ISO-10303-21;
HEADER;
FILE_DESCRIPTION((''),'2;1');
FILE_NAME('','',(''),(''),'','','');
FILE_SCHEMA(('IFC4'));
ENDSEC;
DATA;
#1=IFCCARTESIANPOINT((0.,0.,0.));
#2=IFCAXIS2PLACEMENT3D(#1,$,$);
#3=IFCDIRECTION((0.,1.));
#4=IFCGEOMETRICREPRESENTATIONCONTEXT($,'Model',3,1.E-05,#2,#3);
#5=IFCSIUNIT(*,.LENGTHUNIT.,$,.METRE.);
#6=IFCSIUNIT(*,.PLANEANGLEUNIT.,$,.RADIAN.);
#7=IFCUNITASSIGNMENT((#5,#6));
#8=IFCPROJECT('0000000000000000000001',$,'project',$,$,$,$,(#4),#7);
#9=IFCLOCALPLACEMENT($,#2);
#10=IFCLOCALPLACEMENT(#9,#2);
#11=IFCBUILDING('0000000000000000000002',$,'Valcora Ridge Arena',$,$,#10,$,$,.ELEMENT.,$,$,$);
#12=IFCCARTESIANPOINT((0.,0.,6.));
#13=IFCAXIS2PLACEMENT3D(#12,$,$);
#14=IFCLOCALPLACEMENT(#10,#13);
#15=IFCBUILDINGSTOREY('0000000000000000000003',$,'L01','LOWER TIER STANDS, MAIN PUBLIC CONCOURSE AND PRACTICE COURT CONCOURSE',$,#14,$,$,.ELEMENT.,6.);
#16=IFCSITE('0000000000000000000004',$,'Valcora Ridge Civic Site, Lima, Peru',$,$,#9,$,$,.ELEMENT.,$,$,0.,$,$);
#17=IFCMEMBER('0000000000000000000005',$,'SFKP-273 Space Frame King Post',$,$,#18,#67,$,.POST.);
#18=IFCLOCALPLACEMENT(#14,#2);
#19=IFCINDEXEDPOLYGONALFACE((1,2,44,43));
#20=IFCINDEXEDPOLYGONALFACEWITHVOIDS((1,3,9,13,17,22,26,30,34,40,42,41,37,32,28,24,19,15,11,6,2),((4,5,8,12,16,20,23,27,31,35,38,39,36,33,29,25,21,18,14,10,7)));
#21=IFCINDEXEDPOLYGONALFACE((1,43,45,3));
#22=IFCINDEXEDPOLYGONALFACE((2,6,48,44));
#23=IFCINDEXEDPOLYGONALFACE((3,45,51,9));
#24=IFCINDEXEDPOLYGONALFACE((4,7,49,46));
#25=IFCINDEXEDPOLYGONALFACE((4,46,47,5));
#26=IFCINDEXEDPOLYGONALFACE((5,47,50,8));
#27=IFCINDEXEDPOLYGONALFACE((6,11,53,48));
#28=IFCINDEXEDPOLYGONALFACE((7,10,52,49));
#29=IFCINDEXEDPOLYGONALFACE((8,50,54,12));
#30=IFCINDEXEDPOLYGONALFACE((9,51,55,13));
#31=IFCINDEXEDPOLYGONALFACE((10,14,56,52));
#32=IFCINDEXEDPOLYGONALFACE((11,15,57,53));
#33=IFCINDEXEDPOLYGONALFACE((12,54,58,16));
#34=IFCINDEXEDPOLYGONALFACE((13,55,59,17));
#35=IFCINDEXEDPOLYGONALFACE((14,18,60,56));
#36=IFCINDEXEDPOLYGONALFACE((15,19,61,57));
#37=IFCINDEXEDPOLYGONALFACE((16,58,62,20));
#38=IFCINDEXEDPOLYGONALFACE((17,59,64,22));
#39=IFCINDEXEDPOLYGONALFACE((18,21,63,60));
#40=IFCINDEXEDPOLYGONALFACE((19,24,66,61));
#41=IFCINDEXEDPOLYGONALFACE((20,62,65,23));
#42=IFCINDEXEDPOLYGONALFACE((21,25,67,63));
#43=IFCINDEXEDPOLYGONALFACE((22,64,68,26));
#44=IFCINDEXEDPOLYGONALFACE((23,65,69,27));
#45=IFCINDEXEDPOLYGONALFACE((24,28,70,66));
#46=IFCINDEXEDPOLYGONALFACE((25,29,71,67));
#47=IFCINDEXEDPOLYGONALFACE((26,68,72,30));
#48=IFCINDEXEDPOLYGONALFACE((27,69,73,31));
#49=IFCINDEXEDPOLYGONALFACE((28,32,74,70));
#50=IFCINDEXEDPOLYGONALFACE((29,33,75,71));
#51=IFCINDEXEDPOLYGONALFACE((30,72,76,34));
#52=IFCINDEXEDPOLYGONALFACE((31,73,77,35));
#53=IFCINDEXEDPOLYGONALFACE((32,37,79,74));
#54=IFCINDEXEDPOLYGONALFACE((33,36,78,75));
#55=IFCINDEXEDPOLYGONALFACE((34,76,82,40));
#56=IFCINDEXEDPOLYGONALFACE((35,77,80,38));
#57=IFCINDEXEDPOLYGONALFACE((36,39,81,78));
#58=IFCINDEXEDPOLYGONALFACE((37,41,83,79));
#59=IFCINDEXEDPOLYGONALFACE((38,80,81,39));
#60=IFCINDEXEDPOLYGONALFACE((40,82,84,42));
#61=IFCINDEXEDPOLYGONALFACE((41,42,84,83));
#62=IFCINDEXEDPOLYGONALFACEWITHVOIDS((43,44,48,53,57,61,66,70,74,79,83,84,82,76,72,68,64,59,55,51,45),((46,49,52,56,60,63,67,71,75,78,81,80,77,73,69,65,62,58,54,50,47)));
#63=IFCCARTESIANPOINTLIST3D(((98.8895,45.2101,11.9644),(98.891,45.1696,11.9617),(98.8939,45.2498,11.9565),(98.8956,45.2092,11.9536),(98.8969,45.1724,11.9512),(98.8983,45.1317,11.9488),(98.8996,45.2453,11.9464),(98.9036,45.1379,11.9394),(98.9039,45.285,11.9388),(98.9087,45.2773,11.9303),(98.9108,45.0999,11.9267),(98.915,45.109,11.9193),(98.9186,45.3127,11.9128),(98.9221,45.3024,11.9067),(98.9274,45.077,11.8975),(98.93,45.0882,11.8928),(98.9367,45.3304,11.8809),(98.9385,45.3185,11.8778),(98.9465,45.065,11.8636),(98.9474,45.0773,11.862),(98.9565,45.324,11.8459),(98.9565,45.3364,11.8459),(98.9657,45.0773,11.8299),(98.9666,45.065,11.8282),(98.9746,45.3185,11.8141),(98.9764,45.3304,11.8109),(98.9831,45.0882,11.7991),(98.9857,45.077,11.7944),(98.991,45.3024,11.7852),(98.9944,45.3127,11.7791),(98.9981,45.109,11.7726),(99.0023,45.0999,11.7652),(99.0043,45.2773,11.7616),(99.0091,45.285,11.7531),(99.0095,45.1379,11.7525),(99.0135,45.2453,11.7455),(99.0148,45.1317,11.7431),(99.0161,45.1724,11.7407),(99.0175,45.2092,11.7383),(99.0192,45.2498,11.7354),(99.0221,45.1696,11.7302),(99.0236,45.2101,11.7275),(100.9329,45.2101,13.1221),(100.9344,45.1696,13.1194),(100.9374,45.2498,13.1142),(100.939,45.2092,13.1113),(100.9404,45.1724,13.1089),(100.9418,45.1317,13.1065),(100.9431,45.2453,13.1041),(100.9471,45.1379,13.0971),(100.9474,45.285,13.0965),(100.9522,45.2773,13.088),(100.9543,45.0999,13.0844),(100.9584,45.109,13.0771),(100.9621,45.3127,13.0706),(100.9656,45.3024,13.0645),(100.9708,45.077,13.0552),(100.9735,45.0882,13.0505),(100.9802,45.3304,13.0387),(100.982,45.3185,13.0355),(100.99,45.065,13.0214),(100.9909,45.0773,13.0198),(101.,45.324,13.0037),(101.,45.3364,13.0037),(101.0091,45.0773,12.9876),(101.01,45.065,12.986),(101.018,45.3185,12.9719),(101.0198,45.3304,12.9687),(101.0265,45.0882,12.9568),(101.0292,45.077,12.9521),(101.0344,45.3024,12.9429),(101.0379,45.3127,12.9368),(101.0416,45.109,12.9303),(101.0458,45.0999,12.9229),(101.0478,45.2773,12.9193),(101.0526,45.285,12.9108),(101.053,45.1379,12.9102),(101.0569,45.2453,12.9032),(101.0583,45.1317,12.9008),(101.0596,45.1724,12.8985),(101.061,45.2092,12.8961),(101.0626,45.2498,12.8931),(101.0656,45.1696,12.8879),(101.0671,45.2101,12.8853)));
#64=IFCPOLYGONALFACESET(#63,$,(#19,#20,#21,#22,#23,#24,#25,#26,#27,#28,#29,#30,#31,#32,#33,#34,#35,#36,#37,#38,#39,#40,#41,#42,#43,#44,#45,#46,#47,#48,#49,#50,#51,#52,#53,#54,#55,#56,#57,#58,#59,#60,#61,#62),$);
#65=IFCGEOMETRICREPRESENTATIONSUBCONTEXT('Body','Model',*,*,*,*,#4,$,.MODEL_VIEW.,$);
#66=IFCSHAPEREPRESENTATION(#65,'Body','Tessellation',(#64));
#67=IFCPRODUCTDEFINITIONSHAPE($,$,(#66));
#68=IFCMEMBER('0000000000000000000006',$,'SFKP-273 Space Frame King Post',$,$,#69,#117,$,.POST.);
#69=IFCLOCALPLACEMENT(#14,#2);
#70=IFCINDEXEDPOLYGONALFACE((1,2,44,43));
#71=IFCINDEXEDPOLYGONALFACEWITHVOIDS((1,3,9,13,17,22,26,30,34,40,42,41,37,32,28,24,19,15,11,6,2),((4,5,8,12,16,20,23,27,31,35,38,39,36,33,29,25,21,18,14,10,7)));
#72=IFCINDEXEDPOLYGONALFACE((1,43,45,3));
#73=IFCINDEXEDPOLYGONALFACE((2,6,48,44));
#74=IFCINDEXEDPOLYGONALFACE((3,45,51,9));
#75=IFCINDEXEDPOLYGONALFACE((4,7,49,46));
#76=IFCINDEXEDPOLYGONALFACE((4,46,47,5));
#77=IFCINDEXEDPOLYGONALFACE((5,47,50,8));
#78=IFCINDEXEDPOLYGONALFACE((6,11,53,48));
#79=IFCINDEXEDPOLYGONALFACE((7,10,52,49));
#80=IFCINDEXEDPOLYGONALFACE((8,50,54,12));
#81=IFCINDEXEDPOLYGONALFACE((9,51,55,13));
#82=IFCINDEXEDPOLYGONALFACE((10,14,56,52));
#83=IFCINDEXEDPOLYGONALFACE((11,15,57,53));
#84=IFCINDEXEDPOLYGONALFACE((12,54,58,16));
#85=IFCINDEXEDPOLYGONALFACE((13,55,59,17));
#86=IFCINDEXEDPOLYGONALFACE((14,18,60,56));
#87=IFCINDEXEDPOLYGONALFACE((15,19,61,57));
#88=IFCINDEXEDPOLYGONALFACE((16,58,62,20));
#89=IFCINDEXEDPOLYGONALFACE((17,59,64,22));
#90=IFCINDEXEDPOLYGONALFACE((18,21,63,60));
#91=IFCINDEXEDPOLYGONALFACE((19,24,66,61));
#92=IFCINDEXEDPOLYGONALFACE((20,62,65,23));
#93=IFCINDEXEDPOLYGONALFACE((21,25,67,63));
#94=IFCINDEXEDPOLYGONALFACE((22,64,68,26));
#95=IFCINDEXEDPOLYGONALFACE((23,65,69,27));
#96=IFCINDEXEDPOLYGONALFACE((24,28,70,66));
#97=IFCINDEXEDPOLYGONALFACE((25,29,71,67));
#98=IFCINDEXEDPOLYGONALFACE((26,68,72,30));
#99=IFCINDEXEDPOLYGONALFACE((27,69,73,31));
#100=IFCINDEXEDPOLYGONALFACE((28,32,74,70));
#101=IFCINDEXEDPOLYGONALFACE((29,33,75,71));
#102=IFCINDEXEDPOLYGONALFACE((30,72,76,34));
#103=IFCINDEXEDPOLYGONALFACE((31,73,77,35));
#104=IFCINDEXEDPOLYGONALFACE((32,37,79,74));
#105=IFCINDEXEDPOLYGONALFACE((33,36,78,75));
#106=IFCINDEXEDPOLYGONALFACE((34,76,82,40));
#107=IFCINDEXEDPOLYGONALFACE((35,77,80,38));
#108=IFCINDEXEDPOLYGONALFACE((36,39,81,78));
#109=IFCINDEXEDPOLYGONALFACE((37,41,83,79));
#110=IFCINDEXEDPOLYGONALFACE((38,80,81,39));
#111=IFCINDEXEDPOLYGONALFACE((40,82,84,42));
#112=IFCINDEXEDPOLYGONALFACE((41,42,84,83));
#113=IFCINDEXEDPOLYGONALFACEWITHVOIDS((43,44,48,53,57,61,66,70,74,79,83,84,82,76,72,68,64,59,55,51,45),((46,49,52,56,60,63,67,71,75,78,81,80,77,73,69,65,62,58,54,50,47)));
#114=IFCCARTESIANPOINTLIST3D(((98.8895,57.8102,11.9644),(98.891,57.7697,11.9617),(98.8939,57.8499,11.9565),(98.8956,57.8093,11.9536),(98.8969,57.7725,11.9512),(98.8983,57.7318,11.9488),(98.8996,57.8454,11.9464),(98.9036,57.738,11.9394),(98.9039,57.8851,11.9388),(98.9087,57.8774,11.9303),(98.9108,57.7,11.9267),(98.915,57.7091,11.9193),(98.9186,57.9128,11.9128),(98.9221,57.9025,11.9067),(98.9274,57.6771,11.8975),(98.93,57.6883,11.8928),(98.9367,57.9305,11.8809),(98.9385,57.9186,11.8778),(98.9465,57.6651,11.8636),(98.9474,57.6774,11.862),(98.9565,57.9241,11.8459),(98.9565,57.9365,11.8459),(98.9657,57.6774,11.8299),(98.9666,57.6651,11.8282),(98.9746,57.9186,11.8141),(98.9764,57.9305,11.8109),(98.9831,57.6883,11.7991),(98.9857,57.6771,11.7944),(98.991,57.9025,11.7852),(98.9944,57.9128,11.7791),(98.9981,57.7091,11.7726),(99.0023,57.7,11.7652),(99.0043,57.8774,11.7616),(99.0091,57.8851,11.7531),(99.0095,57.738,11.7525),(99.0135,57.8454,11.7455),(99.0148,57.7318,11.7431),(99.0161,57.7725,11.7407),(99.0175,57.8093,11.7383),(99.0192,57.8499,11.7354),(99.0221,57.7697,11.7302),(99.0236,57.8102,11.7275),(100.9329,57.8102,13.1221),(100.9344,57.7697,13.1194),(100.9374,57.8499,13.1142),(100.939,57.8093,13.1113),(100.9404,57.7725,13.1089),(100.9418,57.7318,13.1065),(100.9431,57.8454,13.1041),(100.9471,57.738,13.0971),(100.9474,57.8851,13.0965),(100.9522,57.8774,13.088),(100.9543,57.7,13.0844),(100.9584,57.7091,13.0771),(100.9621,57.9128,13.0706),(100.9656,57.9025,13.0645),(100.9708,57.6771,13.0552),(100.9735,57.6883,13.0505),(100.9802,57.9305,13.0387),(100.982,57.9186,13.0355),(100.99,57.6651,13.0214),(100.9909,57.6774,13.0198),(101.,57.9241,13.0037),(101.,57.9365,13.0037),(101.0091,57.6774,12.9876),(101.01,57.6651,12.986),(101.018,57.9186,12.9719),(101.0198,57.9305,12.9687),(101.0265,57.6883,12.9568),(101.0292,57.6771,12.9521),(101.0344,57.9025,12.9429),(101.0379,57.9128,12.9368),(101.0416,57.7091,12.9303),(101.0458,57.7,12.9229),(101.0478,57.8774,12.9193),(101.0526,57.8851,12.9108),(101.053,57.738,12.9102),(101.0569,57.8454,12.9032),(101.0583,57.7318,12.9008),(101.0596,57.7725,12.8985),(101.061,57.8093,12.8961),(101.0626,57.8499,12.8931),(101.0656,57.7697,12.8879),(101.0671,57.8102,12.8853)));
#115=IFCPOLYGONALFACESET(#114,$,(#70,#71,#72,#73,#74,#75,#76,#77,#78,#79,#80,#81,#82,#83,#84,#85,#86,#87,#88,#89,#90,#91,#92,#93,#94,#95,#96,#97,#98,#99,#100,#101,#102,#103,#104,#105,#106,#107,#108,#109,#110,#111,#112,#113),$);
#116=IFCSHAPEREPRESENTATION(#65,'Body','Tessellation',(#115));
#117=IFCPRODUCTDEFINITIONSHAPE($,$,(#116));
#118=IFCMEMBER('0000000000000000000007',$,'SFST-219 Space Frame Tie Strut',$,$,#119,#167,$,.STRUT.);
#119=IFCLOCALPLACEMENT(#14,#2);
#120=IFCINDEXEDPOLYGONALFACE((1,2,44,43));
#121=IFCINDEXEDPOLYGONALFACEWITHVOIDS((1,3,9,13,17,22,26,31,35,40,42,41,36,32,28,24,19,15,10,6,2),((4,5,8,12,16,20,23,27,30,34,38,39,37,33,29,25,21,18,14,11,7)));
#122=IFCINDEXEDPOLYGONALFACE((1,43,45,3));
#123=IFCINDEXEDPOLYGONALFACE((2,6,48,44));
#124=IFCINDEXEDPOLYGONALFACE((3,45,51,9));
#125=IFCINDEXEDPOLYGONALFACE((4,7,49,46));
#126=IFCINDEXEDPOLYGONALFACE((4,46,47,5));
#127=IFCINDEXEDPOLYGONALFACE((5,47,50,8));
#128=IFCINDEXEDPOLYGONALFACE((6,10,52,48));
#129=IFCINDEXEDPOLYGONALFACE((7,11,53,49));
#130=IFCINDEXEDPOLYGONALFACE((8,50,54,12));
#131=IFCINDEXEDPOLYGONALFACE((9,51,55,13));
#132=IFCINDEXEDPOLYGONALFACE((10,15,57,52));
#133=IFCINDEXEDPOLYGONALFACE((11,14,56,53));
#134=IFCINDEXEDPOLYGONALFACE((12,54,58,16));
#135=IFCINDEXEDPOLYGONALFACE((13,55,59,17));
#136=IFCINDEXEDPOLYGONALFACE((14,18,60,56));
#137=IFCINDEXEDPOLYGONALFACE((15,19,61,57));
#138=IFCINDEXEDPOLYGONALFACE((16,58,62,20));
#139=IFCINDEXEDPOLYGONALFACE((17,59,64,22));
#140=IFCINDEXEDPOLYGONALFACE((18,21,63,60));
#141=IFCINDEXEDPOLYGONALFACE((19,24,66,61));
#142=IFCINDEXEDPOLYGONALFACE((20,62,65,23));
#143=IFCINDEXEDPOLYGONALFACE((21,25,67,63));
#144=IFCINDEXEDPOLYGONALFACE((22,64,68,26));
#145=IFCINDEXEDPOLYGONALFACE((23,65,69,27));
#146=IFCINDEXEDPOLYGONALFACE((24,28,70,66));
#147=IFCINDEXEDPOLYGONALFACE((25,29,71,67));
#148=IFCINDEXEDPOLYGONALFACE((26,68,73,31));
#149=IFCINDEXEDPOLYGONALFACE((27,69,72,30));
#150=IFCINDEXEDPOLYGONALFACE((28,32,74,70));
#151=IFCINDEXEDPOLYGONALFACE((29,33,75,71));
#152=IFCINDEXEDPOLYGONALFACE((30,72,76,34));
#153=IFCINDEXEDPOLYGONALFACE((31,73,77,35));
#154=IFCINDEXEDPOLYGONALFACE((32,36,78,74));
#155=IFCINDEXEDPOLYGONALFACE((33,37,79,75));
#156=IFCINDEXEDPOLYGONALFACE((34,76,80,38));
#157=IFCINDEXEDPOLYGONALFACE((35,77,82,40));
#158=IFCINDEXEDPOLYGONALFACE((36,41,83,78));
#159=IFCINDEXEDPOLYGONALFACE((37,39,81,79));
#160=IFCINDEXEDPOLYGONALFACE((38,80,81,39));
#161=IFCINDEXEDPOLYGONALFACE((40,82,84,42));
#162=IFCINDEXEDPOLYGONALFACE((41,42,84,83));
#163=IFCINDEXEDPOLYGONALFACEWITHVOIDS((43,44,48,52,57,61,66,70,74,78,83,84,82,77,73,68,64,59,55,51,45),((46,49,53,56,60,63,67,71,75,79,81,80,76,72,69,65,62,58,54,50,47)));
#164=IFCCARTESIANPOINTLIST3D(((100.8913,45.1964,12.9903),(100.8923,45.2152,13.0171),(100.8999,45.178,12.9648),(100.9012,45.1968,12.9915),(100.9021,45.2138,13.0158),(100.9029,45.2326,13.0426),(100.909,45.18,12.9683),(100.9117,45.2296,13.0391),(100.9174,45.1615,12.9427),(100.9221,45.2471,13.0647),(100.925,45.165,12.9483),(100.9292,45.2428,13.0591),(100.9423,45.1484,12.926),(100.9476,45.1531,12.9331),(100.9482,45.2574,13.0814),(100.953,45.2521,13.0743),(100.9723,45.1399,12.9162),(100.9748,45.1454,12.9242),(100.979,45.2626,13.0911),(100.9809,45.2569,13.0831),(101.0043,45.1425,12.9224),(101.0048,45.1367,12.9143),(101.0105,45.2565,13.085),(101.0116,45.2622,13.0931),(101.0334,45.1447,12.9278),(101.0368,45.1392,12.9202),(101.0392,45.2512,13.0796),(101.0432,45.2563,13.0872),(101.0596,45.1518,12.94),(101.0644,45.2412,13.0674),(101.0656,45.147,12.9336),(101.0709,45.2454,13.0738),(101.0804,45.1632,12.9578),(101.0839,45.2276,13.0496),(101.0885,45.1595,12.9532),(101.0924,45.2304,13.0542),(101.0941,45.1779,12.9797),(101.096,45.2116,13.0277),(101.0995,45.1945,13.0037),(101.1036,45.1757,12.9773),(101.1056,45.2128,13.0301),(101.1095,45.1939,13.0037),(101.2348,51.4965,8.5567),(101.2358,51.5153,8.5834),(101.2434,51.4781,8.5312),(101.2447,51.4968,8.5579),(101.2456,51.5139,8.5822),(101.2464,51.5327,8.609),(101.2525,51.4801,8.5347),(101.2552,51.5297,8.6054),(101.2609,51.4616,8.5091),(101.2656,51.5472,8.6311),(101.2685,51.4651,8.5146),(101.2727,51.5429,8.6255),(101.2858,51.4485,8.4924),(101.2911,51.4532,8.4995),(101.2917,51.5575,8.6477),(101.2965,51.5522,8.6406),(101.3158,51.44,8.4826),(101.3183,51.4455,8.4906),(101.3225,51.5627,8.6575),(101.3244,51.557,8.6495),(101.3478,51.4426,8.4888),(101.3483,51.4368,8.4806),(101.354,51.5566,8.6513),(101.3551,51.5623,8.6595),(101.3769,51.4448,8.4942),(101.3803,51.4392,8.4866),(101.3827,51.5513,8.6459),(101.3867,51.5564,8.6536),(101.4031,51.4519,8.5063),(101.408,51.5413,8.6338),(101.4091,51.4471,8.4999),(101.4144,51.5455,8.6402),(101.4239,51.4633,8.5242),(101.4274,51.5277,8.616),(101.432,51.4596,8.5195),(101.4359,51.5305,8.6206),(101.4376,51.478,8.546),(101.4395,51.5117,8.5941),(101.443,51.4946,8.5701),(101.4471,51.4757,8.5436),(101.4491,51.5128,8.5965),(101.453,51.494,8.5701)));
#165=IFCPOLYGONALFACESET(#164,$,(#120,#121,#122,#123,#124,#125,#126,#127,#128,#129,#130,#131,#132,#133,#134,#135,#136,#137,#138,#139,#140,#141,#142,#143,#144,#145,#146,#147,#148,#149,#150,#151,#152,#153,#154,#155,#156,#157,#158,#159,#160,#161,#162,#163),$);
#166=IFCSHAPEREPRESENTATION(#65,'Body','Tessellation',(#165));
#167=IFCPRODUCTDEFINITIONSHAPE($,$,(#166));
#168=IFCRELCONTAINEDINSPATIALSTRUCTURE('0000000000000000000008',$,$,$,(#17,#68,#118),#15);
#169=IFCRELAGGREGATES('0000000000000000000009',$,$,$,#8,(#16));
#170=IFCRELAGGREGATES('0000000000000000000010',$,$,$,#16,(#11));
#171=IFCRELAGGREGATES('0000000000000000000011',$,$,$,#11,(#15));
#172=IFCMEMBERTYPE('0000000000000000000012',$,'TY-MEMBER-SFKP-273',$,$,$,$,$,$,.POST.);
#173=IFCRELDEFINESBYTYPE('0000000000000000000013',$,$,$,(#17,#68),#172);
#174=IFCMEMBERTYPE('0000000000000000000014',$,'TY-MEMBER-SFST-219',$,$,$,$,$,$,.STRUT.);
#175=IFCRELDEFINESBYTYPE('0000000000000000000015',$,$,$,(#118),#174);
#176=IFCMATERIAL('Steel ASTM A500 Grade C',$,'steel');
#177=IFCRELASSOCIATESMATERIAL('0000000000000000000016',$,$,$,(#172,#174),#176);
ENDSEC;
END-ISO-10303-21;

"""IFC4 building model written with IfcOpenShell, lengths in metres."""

from ifc_helpers import new_model, si_unit, direction, frame, origin, origin_2d, place, context, subcontext, project, spatial, hollow_circle, extrude, material, material_profile, profile_set, type_object, element, save


model = new_model("IFC4")

# Units and contexts
model_context = context("Model", 3, precision=1e-05, world=origin(), true_north=direction((0.0, 1.0)))
body_context = subcontext(model_context, "Body", "Model", "MODEL_VIEW")
ifc_project = project(units=[si_unit("LENGTHUNIT", "METRE"), si_unit("PLANEANGLEUNIT", "RADIAN")], contexts=[model_context])

# Site, building, storey
site_placement = place(None, origin())
site = spatial("IfcSite", under=ifc_project, at=site_placement, Name="Valcora Ridge Civic Site, Lima, Peru", CompositionType="ELEMENT", RefElevation=0.0)
building_placement = place(site_placement, origin())
building = spatial("IfcBuilding", under=site, at=building_placement, Name="Valcora Ridge Arena", CompositionType="ELEMENT")
storey_placement = place(building_placement, frame((0.0, 0.0, 6.0)))
storey = spatial("IfcBuildingStorey", under=building, at=storey_placement, Name="L01", Description="LOWER TIER STANDS, MAIN PUBLIC CONCOURSE AND PRACTICE COURT CONCOURSE", CompositionType="ELEMENT", Elevation=6.0)

# Members
ifc_material_1 = material(Name="Steel ASTM A500 Grade C", Category="steel")
ifc_material_profile_1 = material_profile(ifc_material_1, hollow_circle(Radius=0.1365, WallThickness=0.0125, at=origin_2d()), Name="CHS273X12")
ifc_profile_set_1 = profile_set([ifc_material_profile_1], Name="Steel ASTM A500 Grade C")
member_type_1 = type_object("IfcMemberType", Name="TY-MEMBER-SFKP-273", PredefinedType="POST", material=ifc_profile_set_1)
for number, where, z_axis, x_axis, name in (
    (1, (98.9565, 45.2, 11.8459), (0.870067, 0.0, 0.492934), (0.0, 1.0, 0.0), "SFKP-273 Space Frame King Post"),
    (2, (98.9565, 57.8, 11.8459), (0.870067, 0.0, 0.492934), (0.0, 1.0, 0.0), "SFKP-273 Space Frame King Post"),
):
    element("IfcMember", number, at=place(storey_placement, frame(where, z_axis=z_axis, x_axis=x_axis)), inside=storey, type_object=member_type_1, Name=name, PredefinedType="POST", context=body_context, shape_type="SweptSolid", body=[
        extrude(hollow_circle(Radius=0.1365, WallThickness=0.0125, at=origin_2d()), origin(), (0.0, 0.0, 1.0), 2.3486),
    ])
ifc_material_profile_2 = material_profile(ifc_material_1, hollow_circle(Radius=0.1096, WallThickness=0.01, at=origin_2d()), Name="CHS219X10")
ifc_profile_set_2 = profile_set([ifc_material_profile_2], Name="Steel ASTM A500 Grade C")
member_type_2 = type_object("IfcMemberType", Name="TY-MEMBER-SFST-219", PredefinedType="STRUT", material=ifc_profile_set_2)
member_1_placement = place(storey_placement, frame((101.3435, 51.5, 8.5701), z_axis=(-0.044545, -0.816981, 0.574942), x_axis=(0.998517, -0.054443, 0.0)))
element("IfcMember", 3, at=member_1_placement, inside=storey, type_object=member_type_2, Name="SFST-219 Space Frame Tie Strut", PredefinedType="STRUT", context=body_context, shape_type="SweptSolid", body=[
    extrude(hollow_circle(Radius=0.1096, WallThickness=0.01, at=origin_2d()), origin(), (0.0, 0.0, 1.0), 7.7114),
])

save(model, "model.ifc")
